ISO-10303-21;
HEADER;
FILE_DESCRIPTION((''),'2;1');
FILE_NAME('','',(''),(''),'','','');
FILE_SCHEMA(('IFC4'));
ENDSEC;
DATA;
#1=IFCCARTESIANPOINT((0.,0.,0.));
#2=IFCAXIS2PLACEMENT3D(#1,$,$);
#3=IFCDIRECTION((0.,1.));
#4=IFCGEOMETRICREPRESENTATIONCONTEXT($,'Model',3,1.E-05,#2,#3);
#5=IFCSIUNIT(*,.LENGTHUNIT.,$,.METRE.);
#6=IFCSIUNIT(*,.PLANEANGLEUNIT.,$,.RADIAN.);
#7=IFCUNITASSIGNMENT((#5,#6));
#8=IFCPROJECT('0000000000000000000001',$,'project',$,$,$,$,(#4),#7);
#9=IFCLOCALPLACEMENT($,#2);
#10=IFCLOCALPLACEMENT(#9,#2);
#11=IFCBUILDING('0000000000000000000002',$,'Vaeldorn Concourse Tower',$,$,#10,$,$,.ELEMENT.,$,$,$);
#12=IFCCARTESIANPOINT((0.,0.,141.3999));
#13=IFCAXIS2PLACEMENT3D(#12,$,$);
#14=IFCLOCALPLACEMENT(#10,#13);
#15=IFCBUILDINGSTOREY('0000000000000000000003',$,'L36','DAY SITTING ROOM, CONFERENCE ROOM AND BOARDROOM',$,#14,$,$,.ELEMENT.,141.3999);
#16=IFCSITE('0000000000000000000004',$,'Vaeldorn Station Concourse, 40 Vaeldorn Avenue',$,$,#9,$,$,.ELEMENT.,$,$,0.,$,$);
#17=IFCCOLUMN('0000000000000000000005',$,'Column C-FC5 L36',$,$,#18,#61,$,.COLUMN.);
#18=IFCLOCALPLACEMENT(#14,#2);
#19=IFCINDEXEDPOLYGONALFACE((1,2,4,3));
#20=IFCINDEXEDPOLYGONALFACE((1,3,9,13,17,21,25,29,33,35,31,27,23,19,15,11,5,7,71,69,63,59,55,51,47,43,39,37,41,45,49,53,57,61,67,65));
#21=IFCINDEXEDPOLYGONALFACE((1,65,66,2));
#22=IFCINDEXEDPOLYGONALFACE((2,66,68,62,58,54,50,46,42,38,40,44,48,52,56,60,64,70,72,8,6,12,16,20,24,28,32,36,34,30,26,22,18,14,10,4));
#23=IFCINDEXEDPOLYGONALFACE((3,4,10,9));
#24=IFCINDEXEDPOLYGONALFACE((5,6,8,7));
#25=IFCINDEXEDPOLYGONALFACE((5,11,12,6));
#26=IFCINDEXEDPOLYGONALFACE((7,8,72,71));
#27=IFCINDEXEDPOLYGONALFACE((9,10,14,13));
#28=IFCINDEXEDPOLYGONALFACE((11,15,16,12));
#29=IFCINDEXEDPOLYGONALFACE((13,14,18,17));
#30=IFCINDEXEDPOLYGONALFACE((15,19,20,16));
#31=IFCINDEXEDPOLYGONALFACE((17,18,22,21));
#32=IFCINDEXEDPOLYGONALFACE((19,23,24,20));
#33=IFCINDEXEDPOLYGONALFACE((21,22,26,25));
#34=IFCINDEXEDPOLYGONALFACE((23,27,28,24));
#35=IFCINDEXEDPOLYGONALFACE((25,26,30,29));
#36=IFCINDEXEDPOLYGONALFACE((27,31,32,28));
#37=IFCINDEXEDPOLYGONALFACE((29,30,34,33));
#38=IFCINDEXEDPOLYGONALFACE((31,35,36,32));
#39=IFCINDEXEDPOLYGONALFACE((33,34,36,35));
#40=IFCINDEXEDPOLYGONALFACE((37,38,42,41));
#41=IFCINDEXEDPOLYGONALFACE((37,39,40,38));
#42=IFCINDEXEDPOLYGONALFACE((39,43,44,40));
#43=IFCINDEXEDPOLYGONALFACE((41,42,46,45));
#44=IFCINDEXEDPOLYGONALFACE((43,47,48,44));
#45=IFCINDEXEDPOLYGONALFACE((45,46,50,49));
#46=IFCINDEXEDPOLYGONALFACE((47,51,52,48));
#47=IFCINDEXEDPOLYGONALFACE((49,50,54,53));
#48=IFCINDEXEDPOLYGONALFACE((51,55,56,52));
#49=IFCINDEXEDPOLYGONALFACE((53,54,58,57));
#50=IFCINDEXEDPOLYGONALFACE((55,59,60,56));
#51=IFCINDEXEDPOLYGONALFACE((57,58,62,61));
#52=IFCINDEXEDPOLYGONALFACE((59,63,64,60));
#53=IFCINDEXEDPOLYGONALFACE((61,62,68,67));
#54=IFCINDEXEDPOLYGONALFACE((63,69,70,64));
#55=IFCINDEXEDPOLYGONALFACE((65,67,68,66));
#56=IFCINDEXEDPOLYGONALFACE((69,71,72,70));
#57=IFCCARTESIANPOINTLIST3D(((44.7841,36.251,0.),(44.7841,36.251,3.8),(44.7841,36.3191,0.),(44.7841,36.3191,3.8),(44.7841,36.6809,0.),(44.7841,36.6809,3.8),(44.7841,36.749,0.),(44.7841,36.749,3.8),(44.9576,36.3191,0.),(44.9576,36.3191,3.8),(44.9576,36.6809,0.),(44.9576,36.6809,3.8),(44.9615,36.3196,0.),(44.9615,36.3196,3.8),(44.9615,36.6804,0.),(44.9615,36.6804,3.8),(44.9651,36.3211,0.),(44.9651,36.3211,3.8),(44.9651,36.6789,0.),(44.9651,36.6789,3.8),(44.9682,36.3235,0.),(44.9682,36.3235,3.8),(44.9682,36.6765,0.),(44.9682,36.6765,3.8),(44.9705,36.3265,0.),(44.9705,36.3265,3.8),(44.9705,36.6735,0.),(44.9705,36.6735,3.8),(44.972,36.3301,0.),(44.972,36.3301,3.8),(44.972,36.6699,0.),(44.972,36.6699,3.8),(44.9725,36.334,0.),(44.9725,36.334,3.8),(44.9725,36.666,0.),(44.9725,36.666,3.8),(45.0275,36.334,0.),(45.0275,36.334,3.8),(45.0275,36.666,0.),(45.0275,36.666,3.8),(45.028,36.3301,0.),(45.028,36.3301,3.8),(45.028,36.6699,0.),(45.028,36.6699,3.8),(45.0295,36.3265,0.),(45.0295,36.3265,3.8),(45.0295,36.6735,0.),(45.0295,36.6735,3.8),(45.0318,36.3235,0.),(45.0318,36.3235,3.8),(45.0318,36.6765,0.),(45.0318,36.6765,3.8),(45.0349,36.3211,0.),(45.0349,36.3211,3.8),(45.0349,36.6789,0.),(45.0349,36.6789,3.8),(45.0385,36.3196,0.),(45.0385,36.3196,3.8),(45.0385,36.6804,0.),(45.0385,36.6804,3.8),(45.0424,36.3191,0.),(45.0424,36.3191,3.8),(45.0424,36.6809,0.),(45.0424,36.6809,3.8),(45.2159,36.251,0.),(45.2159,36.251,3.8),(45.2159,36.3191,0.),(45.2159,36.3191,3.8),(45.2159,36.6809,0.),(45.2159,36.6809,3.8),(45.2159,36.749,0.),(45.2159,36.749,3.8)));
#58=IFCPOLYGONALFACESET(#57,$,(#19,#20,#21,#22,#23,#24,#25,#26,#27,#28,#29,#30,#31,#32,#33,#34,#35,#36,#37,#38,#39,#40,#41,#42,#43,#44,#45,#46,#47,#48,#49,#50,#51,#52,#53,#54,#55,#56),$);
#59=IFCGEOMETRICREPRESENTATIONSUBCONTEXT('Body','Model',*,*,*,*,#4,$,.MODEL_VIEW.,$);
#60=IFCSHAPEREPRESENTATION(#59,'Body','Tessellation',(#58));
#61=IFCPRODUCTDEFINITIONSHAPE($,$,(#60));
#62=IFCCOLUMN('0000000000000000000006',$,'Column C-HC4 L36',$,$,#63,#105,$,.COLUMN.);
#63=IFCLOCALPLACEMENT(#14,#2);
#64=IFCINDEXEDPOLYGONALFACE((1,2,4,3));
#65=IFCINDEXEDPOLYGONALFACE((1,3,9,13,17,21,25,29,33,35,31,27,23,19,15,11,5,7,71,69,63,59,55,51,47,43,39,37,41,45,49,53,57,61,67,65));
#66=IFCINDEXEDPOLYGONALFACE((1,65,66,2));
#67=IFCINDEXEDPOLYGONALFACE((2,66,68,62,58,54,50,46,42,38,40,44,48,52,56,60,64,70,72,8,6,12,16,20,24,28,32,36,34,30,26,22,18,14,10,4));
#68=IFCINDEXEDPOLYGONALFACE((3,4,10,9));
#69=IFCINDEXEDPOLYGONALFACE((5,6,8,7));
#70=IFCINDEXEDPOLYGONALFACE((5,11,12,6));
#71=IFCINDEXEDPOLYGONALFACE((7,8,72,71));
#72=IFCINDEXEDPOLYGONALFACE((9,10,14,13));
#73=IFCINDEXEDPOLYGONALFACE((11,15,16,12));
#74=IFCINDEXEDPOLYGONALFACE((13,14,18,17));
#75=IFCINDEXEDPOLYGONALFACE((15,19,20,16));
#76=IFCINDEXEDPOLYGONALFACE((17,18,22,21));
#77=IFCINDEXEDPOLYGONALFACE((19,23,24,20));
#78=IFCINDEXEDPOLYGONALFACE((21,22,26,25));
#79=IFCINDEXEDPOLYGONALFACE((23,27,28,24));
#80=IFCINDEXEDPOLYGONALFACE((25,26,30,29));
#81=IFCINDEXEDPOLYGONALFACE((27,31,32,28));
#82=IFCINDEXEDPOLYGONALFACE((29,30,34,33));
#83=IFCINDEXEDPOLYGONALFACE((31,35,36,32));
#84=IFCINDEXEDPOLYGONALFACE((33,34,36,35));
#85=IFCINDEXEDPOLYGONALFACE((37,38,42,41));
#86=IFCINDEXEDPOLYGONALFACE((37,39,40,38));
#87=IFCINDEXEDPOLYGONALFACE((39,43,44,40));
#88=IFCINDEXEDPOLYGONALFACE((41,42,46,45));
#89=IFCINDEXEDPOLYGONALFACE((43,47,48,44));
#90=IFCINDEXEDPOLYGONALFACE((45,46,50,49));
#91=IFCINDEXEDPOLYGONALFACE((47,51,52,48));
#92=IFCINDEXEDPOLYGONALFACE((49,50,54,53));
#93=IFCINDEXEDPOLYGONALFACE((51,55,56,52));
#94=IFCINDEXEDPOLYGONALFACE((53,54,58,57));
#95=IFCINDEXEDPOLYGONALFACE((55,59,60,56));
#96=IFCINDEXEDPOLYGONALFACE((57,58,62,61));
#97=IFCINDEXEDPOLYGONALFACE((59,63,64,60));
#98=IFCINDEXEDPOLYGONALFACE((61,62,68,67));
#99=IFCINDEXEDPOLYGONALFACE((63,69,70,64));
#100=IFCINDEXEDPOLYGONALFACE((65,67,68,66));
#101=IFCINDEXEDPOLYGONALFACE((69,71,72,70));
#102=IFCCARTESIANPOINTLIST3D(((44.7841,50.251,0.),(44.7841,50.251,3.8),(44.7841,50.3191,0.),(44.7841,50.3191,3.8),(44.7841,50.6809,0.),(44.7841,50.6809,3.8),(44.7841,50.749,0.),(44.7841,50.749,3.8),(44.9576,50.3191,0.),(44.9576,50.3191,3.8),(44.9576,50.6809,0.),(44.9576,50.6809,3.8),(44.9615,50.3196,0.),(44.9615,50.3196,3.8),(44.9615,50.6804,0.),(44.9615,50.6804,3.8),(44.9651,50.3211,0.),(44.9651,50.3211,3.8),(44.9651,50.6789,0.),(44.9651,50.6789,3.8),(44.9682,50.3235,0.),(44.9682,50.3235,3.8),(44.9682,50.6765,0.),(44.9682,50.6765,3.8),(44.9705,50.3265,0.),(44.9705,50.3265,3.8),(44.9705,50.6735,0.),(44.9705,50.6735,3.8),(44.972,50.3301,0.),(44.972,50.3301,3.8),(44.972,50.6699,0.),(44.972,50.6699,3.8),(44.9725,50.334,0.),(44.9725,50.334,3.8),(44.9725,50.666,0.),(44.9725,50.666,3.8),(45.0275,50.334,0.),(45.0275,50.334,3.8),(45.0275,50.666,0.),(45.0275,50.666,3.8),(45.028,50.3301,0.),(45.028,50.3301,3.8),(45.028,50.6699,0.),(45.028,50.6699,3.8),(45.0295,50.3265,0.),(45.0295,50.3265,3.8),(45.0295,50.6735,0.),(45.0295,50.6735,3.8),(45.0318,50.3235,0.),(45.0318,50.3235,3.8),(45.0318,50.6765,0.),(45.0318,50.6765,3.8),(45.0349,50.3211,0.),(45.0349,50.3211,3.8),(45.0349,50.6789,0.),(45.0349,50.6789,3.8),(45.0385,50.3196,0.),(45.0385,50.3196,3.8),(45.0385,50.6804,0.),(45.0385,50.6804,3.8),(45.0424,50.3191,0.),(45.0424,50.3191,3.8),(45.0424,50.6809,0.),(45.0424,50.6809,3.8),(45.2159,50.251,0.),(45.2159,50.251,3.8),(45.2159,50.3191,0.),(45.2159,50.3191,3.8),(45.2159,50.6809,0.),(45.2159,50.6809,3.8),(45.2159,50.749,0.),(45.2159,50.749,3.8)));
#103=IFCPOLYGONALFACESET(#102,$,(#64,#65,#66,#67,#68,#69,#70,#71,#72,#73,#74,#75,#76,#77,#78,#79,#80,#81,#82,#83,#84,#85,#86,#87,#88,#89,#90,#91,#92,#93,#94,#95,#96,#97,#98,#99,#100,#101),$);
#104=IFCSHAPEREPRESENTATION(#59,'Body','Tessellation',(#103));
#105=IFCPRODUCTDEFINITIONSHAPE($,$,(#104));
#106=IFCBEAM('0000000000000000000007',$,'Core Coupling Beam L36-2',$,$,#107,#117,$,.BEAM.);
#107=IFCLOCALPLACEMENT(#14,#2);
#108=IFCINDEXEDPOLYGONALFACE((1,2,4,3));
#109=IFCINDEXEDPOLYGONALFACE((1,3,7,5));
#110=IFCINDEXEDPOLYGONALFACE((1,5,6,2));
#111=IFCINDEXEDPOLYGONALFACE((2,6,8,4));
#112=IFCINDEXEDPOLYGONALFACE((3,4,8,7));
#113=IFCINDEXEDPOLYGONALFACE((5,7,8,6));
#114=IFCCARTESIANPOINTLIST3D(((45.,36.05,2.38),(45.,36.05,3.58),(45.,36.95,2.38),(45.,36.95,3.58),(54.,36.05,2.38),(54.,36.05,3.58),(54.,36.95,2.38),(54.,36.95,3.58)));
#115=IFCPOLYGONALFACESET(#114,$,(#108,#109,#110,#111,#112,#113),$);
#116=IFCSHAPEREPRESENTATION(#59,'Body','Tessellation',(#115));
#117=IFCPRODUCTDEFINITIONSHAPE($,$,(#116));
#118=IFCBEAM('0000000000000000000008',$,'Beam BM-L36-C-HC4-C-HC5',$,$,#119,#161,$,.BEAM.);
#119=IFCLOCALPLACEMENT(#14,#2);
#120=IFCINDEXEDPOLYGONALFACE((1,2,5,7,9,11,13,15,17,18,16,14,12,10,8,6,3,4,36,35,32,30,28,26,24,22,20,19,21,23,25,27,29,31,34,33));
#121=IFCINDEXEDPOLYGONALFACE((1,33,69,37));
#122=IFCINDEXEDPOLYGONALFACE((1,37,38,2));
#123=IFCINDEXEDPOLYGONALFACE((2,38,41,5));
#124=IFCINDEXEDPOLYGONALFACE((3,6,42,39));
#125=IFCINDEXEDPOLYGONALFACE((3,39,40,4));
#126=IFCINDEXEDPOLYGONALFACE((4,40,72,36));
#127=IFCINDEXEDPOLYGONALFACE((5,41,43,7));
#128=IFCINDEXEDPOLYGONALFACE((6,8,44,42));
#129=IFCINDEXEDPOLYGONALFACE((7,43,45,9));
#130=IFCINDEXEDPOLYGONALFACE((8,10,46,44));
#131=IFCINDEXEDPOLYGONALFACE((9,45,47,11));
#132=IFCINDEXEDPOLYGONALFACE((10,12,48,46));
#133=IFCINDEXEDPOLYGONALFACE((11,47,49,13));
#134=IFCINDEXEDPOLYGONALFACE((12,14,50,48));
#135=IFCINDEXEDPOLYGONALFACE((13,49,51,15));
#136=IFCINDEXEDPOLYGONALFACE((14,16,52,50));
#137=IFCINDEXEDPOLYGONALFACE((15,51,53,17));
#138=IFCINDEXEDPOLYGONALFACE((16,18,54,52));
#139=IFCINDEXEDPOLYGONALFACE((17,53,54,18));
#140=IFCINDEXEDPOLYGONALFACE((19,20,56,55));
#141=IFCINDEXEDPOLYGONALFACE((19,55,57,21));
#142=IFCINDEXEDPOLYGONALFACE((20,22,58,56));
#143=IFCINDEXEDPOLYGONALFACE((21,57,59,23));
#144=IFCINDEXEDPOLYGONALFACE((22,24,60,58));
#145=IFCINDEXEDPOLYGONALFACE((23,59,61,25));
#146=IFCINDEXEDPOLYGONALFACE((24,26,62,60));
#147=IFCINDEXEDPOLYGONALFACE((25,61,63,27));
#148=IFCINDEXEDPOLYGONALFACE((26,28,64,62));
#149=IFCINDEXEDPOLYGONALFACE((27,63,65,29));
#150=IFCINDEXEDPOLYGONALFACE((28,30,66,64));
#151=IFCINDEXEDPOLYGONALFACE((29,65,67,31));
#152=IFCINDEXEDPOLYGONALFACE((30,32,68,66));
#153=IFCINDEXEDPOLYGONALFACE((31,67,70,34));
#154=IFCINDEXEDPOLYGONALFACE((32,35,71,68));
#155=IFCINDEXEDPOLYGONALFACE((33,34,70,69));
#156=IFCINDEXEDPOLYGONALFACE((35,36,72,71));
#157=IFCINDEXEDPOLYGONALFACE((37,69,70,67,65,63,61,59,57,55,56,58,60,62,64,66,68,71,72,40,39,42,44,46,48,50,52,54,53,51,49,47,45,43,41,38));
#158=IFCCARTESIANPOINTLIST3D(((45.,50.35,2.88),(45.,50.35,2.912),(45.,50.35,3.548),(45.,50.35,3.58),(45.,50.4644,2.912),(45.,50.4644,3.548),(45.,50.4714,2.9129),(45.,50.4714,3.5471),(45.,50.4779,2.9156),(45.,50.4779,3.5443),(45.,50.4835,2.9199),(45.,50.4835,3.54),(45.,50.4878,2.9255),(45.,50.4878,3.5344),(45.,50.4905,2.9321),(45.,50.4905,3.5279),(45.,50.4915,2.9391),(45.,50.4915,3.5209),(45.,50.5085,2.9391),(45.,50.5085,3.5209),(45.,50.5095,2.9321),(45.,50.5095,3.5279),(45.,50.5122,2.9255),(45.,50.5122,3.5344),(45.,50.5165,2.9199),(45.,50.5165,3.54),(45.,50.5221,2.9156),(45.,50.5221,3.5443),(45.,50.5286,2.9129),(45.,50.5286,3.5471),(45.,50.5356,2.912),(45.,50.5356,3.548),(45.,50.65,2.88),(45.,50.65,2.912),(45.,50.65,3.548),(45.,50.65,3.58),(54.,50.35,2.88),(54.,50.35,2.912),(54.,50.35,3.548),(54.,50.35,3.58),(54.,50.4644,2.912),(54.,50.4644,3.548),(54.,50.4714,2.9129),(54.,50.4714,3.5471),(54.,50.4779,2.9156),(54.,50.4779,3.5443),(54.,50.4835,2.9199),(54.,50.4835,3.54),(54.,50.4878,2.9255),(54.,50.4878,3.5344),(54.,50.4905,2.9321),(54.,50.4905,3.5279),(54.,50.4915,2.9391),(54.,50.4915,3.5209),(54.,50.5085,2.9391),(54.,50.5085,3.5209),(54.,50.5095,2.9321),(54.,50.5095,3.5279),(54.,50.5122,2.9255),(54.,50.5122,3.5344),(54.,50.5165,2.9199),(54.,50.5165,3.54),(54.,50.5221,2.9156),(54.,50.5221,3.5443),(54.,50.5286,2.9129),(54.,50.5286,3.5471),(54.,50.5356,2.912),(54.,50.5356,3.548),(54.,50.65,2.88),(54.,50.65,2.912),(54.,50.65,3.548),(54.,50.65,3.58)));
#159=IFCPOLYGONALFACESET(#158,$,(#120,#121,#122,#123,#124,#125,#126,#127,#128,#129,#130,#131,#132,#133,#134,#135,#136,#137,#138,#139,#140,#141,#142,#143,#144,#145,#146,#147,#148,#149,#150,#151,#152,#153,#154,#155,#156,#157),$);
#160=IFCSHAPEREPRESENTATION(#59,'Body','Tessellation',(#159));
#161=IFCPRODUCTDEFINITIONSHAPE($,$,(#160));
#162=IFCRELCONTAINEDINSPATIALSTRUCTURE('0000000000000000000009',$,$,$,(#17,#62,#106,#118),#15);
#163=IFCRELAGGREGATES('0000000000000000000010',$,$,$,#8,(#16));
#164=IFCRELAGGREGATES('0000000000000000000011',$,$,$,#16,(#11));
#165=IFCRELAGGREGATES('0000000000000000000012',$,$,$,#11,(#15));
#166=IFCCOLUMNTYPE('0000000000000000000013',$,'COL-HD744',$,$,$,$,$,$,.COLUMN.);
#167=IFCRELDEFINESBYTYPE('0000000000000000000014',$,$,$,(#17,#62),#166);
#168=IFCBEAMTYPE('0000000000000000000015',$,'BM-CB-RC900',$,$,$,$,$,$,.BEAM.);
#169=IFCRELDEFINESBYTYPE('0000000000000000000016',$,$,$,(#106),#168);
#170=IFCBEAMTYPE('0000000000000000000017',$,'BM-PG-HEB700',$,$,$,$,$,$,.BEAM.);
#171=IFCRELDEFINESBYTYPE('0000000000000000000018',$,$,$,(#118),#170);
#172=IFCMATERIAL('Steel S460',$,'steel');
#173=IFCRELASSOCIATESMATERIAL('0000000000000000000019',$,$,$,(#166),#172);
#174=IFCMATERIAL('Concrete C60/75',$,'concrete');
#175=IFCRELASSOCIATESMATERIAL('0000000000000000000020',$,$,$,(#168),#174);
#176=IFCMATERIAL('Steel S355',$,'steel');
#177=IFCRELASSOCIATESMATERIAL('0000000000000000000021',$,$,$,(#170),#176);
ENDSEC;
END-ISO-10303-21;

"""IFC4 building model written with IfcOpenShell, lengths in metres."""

from ifc_helpers import new_model, si_unit, direction, frame, origin, origin_2d, place, context, subcontext, project, spatial, rectangle, i_section, extrude, source, transform, mapped, material, material_profile, profile_set, type_object, element, save


model = new_model("IFC4")

# Units and contexts
model_context = context("Model", 3, precision=1e-05, world=origin(), true_north=direction((0.0, 1.0)))
body_context = subcontext(model_context, "Body", "Model", "MODEL_VIEW")
ifc_project = project(units=[si_unit("LENGTHUNIT", "METRE"), si_unit("PLANEANGLEUNIT", "RADIAN")], contexts=[model_context])

# Site, building, storey
site_placement = place(None, origin())
site = spatial("IfcSite", under=ifc_project, at=site_placement, Name="Vaeldorn Station Concourse, 40 Vaeldorn Avenue", CompositionType="ELEMENT", RefElevation=0.0)
building_placement = place(site_placement, origin())
building = spatial("IfcBuilding", under=site, at=building_placement, Name="Vaeldorn Concourse Tower", CompositionType="ELEMENT")
storey_placement = place(building_placement, frame((0.0, 0.0, 141.3999)))
storey = spatial("IfcBuildingStorey", under=building, at=storey_placement, Name="L36", Description="DAY SITTING ROOM, CONFERENCE ROOM AND BOARDROOM", CompositionType="ELEMENT", Elevation=141.3999)

# Columns
ifc_material_1 = material(Name="Steel S460", Category="steel")
ifc_material_profile_1 = material_profile(ifc_material_1, i_section(OverallWidth=0.4319, OverallDepth=0.498, WebThickness=0.0549, FlangeThickness=0.0681, FilletRadius=0.0149, at=origin_2d()), Name="HD 400x744")
ifc_profile_set_1 = profile_set([ifc_material_profile_1], Name="Steel S460")
column_type = type_object("IfcColumnType", Name="COL-HD744", PredefinedType="COLUMN", material=ifc_profile_set_1)
shared_shape_1 = source(origin(), body_context, "Body", "SweptSolid", [
    extrude(i_section(OverallWidth=0.4319, OverallDepth=0.498, WebThickness=0.0549, FlangeThickness=0.0681, FilletRadius=0.0149, at=origin_2d()), origin(), (0.0, 0.0, 1.0), 3.8),
])
for number, where, z_axis, x_axis, name in (
    (1, (45.0, 36.5, 0.0), (0.0, 0.0, 1.0), (1.0, 0.0, 0.0), "Column C-FC5 L36"),
    (2, (45.0, 50.5, 0.0), (0.0, 0.0, 1.0), (1.0, 0.0, 0.0), "Column C-HC4 L36"),
):
    element("IfcColumn", number, at=place(storey_placement, frame(where, z_axis=z_axis, x_axis=x_axis)), inside=storey, type_object=column_type, Name=name, PredefinedType="COLUMN", context=body_context, shape_type="MappedRepresentation", body=[
        mapped(shared_shape_1, transform((0.0, 0.0, 0.0), scale=1.0)),
    ])

# Beams
ifc_material_2 = material(Name="Concrete C60/75", Category="concrete")
ifc_material_profile_2 = material_profile(ifc_material_2, rectangle(XDim=0.8999, YDim=1.2, at=origin_2d()), Name="RC 900x1200")
ifc_profile_set_2 = profile_set([ifc_material_profile_2], Name="Concrete C60/75")
beam_type_1 = type_object("IfcBeamType", Name="BM-CB-RC900", PredefinedType="BEAM", material=ifc_profile_set_2)
shared_shape_2 = source(origin(), body_context, "Body", "SweptSolid", [
    extrude(rectangle(XDim=0.8999, YDim=1.2, at=origin_2d()), origin(), (0.0, 0.0, 1.0), 9.0),
])
beam_1_placement = place(storey_placement, frame((45.0, 36.5, 2.98), z_axis=(1.0, 0.0, 0.0), x_axis=(0.0, 1.0, 0.0)))
element("IfcBeam", 3, at=beam_1_placement, inside=storey, type_object=beam_type_1, Name="Core Coupling Beam L36-2", PredefinedType="BEAM", context=body_context, shape_type="MappedRepresentation", body=[
    mapped(shared_shape_2, transform((0.0, 0.0, 0.0), scale=1.0)),
])
ifc_material_3 = material(Name="Steel S355", Category="steel")
ifc_material_profile_3 = material_profile(ifc_material_3, i_section(OverallWidth=0.3, OverallDepth=0.7, WebThickness=0.0171, FlangeThickness=0.032, FilletRadius=0.0271, at=origin_2d()), Name="HEB 700")
ifc_profile_set_3 = profile_set([ifc_material_profile_3], Name="Steel S355")
beam_type_2 = type_object("IfcBeamType", Name="BM-PG-HEB700", PredefinedType="BEAM", material=ifc_profile_set_3)
shared_shape_3 = source(origin(), body_context, "Body", "SweptSolid", [
    extrude(i_section(OverallWidth=0.3, OverallDepth=0.7, WebThickness=0.0171, FlangeThickness=0.032, FilletRadius=0.0271, at=origin_2d()), origin(), (0.0, 0.0, 1.0), 9.0),
])
beam_2_placement = place(storey_placement, frame((45.0, 50.5, 3.23), z_axis=(1.0, 0.0, 0.0), x_axis=(0.0, 1.0, 0.0)))
element("IfcBeam", 4, at=beam_2_placement, inside=storey, type_object=beam_type_2, Name="Beam BM-L36-C-HC4-C-HC5", PredefinedType="BEAM", context=body_context, shape_type="MappedRepresentation", body=[
    mapped(shared_shape_3, transform((0.0, 0.0, 0.0), scale=1.0)),
])

save(model, "model.ifc")
